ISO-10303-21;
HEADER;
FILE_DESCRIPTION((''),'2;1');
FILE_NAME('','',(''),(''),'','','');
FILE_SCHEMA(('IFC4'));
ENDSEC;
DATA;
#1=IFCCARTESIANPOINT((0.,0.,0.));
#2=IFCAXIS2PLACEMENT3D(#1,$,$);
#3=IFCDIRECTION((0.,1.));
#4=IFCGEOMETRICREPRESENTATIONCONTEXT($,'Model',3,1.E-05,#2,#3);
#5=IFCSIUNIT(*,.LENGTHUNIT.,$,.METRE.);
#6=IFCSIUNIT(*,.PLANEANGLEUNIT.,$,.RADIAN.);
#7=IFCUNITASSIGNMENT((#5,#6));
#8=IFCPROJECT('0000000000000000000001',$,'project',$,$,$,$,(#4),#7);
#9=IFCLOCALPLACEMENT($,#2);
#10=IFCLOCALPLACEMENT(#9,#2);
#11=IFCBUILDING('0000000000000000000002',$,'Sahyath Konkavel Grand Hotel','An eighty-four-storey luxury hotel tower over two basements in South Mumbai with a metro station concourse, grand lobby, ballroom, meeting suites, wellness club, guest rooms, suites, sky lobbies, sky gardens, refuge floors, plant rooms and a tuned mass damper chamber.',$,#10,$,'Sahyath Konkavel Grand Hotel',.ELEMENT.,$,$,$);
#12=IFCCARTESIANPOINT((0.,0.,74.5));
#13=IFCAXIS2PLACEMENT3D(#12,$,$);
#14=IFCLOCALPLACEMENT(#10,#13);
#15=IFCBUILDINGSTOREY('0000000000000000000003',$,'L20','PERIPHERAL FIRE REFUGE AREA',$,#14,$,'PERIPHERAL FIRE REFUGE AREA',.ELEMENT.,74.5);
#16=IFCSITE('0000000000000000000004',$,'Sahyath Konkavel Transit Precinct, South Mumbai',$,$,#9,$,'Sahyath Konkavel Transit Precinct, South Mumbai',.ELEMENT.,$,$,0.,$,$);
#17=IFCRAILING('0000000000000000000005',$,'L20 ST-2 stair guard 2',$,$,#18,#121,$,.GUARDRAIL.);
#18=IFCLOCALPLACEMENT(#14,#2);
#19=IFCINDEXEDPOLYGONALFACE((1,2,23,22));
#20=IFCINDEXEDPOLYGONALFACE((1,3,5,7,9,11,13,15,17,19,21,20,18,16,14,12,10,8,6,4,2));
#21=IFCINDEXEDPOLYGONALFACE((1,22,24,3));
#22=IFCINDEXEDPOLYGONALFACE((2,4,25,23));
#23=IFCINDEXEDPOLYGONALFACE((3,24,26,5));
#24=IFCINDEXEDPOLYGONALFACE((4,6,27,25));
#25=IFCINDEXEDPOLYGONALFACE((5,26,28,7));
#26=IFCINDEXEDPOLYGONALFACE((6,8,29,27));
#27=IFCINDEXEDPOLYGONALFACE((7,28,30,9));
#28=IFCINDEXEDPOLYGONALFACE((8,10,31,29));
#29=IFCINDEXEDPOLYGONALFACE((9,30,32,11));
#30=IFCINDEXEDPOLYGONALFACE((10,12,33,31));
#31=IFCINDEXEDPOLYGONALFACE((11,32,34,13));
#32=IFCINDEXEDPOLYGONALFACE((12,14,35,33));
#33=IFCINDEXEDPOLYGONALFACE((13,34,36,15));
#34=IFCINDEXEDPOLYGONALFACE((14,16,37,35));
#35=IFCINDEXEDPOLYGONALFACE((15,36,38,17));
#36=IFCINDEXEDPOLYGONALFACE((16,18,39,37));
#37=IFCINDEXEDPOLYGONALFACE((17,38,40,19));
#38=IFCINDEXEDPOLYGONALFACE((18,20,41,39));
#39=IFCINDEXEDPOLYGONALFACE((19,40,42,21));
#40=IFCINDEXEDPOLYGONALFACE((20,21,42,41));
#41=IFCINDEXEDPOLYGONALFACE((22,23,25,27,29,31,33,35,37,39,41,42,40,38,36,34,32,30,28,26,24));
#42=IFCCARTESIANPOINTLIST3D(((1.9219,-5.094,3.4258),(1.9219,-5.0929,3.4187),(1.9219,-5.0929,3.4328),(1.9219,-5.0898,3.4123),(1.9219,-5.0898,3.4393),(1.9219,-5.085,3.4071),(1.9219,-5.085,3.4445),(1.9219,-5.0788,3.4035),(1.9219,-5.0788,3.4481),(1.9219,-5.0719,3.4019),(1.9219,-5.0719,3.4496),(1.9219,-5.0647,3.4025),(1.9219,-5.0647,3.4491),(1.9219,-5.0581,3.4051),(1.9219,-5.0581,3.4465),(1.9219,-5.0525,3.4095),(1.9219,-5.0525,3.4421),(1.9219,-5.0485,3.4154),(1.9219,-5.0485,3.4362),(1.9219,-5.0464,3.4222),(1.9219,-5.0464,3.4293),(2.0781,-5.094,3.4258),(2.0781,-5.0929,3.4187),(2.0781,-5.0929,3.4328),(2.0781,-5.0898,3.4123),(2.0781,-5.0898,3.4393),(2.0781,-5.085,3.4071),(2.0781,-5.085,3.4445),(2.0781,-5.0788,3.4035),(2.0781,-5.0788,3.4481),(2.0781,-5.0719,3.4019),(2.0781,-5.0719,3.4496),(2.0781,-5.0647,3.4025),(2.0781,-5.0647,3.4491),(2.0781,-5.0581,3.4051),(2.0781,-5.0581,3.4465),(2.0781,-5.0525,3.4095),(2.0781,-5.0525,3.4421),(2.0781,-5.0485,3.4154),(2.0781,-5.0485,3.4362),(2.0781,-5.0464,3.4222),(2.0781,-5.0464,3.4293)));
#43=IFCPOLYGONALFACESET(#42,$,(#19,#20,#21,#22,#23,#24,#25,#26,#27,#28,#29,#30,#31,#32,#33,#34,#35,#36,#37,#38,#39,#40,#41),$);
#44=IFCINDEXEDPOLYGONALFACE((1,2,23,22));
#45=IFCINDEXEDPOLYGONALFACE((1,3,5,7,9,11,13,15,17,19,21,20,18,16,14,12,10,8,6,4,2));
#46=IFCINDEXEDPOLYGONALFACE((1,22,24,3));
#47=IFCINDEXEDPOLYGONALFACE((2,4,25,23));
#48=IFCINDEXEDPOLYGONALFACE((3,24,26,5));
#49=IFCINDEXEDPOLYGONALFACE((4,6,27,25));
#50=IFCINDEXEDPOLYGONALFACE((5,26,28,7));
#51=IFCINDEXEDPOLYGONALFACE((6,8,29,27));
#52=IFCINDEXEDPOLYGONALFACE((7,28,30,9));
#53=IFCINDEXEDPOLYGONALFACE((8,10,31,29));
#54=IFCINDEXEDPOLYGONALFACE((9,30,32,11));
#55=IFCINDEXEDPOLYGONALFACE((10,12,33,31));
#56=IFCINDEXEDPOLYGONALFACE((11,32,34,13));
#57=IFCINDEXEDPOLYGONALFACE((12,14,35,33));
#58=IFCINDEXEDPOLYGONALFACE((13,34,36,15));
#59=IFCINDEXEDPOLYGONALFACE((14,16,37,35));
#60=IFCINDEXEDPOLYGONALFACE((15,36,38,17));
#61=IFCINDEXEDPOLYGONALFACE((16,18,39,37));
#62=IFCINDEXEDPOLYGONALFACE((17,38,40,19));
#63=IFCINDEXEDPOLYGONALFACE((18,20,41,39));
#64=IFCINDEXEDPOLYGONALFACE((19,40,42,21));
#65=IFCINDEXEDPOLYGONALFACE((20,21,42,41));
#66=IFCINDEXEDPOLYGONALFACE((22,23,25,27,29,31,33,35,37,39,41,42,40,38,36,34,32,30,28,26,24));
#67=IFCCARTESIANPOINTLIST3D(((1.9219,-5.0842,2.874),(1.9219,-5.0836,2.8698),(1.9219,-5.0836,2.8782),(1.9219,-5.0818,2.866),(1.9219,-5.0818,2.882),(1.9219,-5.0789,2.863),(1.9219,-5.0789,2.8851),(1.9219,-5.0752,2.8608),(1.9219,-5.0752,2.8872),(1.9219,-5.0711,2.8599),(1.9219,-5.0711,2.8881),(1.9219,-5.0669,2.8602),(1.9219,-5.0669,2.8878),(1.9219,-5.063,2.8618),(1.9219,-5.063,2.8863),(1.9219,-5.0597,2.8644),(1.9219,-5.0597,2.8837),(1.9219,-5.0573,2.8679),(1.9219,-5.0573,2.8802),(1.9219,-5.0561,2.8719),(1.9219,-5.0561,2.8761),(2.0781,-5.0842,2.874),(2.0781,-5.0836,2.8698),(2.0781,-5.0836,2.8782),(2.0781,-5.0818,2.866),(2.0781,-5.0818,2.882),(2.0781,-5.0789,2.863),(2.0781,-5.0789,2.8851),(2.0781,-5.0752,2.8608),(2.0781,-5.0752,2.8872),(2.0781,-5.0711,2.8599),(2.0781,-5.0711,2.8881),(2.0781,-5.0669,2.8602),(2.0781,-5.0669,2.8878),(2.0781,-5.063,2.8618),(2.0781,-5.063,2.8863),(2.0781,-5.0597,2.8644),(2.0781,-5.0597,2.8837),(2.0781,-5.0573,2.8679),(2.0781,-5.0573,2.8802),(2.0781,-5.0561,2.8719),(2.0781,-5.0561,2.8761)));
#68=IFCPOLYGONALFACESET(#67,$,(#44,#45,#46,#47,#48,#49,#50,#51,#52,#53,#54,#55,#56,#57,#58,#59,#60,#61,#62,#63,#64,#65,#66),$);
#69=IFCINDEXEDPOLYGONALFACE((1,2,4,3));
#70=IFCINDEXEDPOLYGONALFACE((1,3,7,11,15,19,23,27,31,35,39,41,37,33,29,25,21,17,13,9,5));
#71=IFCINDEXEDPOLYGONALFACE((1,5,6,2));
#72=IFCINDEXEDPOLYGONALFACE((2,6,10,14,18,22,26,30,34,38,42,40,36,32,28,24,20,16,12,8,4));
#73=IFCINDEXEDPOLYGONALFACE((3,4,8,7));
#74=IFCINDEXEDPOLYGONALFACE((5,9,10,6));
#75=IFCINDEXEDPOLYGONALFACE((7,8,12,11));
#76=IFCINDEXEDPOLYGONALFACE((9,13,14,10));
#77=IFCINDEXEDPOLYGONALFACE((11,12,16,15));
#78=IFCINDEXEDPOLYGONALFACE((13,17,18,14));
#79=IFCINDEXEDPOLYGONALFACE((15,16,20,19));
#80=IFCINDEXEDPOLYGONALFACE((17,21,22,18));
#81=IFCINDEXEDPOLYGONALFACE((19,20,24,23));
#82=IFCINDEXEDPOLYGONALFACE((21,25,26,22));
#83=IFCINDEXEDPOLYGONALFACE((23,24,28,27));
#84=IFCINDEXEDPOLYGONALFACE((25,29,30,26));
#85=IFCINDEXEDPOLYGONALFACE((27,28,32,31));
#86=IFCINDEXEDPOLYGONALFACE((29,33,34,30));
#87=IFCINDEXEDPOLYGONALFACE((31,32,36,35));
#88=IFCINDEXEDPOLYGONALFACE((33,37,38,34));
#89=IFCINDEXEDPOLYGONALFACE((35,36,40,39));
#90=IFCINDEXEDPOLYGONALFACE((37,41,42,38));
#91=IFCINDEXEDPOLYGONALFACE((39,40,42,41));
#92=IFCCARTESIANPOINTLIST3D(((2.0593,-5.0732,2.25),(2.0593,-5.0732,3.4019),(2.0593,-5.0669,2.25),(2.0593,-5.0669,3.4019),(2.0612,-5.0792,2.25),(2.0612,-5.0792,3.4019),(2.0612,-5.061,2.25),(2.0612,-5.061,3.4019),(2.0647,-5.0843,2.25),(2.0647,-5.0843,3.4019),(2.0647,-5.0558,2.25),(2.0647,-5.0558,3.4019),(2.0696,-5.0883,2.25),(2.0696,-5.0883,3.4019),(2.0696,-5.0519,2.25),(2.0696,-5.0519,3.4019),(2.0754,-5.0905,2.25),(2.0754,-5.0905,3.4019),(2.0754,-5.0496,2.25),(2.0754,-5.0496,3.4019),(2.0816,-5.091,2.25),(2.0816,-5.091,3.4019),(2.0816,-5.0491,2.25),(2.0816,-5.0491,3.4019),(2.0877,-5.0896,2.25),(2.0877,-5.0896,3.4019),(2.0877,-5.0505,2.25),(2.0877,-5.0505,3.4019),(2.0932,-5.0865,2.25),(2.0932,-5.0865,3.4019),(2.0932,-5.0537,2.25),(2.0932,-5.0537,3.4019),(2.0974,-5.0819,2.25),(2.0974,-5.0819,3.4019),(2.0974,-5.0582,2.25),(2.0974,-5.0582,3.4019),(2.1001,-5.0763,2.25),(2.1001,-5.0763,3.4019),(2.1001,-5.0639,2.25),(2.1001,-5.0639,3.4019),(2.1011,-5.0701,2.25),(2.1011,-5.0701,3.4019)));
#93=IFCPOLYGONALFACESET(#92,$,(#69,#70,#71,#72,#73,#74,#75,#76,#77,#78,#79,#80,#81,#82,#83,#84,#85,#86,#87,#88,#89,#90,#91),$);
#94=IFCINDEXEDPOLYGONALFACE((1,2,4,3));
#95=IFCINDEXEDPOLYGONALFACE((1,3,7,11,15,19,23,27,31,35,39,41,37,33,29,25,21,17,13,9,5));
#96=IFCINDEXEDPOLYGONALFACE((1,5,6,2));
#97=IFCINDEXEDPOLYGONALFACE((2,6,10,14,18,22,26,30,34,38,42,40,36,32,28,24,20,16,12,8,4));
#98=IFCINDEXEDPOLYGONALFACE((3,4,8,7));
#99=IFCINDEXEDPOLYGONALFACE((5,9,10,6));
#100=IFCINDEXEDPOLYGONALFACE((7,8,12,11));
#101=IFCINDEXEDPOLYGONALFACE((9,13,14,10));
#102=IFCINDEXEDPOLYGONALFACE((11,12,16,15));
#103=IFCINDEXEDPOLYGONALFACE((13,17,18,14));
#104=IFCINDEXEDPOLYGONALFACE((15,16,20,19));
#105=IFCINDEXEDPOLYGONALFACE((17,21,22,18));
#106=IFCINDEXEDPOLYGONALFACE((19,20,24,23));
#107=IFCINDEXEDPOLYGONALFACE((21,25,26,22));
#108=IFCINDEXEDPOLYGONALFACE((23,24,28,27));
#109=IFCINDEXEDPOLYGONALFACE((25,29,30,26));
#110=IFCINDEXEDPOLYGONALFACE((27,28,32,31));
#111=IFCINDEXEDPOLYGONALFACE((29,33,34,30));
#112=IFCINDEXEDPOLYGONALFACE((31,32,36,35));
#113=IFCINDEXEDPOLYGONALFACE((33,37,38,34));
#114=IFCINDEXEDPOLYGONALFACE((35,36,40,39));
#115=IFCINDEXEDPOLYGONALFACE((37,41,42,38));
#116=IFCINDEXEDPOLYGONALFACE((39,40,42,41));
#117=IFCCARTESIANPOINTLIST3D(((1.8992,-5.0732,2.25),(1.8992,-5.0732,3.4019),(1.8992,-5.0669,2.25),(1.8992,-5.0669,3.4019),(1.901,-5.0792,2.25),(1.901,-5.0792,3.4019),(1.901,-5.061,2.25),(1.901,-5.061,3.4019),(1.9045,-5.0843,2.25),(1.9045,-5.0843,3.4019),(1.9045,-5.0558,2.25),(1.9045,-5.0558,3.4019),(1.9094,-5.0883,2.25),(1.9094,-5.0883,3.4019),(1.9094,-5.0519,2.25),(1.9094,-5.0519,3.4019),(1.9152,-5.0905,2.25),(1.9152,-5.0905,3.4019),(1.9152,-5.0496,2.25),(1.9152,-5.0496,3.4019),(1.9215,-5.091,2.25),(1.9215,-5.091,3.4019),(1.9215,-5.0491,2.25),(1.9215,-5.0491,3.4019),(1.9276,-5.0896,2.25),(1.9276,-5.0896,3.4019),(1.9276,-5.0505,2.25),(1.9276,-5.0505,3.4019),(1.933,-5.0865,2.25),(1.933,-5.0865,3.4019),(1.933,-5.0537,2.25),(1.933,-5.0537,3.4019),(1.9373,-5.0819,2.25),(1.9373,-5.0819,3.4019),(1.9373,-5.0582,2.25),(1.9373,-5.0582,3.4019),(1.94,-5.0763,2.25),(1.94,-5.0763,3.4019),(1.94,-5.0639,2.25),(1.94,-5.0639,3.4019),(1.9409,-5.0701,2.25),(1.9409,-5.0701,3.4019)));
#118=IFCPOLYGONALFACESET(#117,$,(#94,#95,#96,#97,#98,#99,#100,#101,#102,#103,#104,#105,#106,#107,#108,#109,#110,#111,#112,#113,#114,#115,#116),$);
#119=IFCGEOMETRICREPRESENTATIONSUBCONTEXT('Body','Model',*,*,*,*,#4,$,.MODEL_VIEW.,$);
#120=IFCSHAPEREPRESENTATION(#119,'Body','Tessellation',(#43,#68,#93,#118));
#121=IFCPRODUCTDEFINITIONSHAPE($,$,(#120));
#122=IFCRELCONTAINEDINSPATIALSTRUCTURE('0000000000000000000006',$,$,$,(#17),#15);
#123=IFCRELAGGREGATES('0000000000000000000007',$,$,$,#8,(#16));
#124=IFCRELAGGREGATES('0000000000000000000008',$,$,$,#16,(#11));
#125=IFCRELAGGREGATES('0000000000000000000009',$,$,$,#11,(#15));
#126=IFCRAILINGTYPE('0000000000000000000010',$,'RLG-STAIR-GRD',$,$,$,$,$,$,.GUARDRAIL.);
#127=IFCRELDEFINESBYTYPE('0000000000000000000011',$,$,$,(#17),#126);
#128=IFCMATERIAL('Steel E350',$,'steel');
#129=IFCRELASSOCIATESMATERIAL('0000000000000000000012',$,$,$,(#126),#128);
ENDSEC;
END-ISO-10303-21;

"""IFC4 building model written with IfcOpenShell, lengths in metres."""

from ifc_helpers import new_model, si_unit, direction, frame, origin, origin_2d, place, context, subcontext, project, spatial, circle, extrude, material, type_object, element, save


model = new_model("IFC4")

# Units and contexts
model_context = context("Model", 3, precision=1e-05, world=origin(), true_north=direction((0.0, 1.0)))
body_context = subcontext(model_context, "Body", "Model", "MODEL_VIEW")
ifc_project = project(units=[si_unit("LENGTHUNIT", "METRE"), si_unit("PLANEANGLEUNIT", "RADIAN")], contexts=[model_context])

# Site, building, storey
site_placement = place(None, origin())
site = spatial("IfcSite", under=ifc_project, at=site_placement, Name="Sahyath Konkavel Transit Precinct, South Mumbai", LongName="Sahyath Konkavel Transit Precinct, South Mumbai", CompositionType="ELEMENT", RefElevation=0.0)
building_placement = place(site_placement, origin())
building = spatial("IfcBuilding", under=site, at=building_placement, Name="Sahyath Konkavel Grand Hotel", Description="An eighty-four-storey luxury hotel tower over two basements in South Mumbai with a metro station concourse, grand lobby, ballroom, meeting suites, wellness club, guest rooms, suites, sky lobbies, sky gardens, refuge floors, plant rooms and a tuned mass damper chamber.", LongName="Sahyath Konkavel Grand Hotel", CompositionType="ELEMENT")
storey_placement = place(building_placement, frame((0.0, 0.0, 74.5)))
storey = spatial("IfcBuildingStorey", under=building, at=storey_placement, Name="L20", Description="PERIPHERAL FIRE REFUGE AREA", LongName="PERIPHERAL FIRE REFUGE AREA", CompositionType="ELEMENT", Elevation=74.5)

# Shared definitions
ifc_material_1 = material(Name="Steel E350", Category="steel")

# Railing
railing_type_1 = type_object("IfcRailingType", Name="RLG-STAIR-GRD", PredefinedType="GUARDRAIL", material=ifc_material_1)
railing_1_placement = place(storey_placement, frame((2.0801, -5.0701, 2.25)))
element("IfcRailing", 1, at=railing_1_placement, inside=storey, type_object=railing_type_1, Name="L20 ST-2 stair guard 2", PredefinedType="GUARDRAIL", context=body_context, shape_type="SweptSolid", body=[
    extrude(circle(Radius=0.0239, at=origin_2d()), frame((-0.002, 0.0, 1.1758), z_axis=(-1.0, 0.0, 0.0), x_axis=(0.0, -1.0, 0.0)), (0.0, 0.0, 1.0), 0.1562),
    extrude(circle(Radius=0.0142, at=origin_2d()), frame((-0.002, 0.0, 0.624), z_axis=(-1.0, 0.0, 0.0), x_axis=(0.0, -1.0, 0.0)), (0.0, 0.0, 1.0), 0.1562),
    extrude(circle(Radius=0.021, at=origin_2d()), origin(), (0.0, 0.0, 1.0), 1.1519),
    extrude(circle(Radius=0.021, at=origin_2d()), frame((-0.1602, 0.0, 0.0)), (0.0, 0.0, 1.0), 1.1519),
])

save(model, "model.ifc")
